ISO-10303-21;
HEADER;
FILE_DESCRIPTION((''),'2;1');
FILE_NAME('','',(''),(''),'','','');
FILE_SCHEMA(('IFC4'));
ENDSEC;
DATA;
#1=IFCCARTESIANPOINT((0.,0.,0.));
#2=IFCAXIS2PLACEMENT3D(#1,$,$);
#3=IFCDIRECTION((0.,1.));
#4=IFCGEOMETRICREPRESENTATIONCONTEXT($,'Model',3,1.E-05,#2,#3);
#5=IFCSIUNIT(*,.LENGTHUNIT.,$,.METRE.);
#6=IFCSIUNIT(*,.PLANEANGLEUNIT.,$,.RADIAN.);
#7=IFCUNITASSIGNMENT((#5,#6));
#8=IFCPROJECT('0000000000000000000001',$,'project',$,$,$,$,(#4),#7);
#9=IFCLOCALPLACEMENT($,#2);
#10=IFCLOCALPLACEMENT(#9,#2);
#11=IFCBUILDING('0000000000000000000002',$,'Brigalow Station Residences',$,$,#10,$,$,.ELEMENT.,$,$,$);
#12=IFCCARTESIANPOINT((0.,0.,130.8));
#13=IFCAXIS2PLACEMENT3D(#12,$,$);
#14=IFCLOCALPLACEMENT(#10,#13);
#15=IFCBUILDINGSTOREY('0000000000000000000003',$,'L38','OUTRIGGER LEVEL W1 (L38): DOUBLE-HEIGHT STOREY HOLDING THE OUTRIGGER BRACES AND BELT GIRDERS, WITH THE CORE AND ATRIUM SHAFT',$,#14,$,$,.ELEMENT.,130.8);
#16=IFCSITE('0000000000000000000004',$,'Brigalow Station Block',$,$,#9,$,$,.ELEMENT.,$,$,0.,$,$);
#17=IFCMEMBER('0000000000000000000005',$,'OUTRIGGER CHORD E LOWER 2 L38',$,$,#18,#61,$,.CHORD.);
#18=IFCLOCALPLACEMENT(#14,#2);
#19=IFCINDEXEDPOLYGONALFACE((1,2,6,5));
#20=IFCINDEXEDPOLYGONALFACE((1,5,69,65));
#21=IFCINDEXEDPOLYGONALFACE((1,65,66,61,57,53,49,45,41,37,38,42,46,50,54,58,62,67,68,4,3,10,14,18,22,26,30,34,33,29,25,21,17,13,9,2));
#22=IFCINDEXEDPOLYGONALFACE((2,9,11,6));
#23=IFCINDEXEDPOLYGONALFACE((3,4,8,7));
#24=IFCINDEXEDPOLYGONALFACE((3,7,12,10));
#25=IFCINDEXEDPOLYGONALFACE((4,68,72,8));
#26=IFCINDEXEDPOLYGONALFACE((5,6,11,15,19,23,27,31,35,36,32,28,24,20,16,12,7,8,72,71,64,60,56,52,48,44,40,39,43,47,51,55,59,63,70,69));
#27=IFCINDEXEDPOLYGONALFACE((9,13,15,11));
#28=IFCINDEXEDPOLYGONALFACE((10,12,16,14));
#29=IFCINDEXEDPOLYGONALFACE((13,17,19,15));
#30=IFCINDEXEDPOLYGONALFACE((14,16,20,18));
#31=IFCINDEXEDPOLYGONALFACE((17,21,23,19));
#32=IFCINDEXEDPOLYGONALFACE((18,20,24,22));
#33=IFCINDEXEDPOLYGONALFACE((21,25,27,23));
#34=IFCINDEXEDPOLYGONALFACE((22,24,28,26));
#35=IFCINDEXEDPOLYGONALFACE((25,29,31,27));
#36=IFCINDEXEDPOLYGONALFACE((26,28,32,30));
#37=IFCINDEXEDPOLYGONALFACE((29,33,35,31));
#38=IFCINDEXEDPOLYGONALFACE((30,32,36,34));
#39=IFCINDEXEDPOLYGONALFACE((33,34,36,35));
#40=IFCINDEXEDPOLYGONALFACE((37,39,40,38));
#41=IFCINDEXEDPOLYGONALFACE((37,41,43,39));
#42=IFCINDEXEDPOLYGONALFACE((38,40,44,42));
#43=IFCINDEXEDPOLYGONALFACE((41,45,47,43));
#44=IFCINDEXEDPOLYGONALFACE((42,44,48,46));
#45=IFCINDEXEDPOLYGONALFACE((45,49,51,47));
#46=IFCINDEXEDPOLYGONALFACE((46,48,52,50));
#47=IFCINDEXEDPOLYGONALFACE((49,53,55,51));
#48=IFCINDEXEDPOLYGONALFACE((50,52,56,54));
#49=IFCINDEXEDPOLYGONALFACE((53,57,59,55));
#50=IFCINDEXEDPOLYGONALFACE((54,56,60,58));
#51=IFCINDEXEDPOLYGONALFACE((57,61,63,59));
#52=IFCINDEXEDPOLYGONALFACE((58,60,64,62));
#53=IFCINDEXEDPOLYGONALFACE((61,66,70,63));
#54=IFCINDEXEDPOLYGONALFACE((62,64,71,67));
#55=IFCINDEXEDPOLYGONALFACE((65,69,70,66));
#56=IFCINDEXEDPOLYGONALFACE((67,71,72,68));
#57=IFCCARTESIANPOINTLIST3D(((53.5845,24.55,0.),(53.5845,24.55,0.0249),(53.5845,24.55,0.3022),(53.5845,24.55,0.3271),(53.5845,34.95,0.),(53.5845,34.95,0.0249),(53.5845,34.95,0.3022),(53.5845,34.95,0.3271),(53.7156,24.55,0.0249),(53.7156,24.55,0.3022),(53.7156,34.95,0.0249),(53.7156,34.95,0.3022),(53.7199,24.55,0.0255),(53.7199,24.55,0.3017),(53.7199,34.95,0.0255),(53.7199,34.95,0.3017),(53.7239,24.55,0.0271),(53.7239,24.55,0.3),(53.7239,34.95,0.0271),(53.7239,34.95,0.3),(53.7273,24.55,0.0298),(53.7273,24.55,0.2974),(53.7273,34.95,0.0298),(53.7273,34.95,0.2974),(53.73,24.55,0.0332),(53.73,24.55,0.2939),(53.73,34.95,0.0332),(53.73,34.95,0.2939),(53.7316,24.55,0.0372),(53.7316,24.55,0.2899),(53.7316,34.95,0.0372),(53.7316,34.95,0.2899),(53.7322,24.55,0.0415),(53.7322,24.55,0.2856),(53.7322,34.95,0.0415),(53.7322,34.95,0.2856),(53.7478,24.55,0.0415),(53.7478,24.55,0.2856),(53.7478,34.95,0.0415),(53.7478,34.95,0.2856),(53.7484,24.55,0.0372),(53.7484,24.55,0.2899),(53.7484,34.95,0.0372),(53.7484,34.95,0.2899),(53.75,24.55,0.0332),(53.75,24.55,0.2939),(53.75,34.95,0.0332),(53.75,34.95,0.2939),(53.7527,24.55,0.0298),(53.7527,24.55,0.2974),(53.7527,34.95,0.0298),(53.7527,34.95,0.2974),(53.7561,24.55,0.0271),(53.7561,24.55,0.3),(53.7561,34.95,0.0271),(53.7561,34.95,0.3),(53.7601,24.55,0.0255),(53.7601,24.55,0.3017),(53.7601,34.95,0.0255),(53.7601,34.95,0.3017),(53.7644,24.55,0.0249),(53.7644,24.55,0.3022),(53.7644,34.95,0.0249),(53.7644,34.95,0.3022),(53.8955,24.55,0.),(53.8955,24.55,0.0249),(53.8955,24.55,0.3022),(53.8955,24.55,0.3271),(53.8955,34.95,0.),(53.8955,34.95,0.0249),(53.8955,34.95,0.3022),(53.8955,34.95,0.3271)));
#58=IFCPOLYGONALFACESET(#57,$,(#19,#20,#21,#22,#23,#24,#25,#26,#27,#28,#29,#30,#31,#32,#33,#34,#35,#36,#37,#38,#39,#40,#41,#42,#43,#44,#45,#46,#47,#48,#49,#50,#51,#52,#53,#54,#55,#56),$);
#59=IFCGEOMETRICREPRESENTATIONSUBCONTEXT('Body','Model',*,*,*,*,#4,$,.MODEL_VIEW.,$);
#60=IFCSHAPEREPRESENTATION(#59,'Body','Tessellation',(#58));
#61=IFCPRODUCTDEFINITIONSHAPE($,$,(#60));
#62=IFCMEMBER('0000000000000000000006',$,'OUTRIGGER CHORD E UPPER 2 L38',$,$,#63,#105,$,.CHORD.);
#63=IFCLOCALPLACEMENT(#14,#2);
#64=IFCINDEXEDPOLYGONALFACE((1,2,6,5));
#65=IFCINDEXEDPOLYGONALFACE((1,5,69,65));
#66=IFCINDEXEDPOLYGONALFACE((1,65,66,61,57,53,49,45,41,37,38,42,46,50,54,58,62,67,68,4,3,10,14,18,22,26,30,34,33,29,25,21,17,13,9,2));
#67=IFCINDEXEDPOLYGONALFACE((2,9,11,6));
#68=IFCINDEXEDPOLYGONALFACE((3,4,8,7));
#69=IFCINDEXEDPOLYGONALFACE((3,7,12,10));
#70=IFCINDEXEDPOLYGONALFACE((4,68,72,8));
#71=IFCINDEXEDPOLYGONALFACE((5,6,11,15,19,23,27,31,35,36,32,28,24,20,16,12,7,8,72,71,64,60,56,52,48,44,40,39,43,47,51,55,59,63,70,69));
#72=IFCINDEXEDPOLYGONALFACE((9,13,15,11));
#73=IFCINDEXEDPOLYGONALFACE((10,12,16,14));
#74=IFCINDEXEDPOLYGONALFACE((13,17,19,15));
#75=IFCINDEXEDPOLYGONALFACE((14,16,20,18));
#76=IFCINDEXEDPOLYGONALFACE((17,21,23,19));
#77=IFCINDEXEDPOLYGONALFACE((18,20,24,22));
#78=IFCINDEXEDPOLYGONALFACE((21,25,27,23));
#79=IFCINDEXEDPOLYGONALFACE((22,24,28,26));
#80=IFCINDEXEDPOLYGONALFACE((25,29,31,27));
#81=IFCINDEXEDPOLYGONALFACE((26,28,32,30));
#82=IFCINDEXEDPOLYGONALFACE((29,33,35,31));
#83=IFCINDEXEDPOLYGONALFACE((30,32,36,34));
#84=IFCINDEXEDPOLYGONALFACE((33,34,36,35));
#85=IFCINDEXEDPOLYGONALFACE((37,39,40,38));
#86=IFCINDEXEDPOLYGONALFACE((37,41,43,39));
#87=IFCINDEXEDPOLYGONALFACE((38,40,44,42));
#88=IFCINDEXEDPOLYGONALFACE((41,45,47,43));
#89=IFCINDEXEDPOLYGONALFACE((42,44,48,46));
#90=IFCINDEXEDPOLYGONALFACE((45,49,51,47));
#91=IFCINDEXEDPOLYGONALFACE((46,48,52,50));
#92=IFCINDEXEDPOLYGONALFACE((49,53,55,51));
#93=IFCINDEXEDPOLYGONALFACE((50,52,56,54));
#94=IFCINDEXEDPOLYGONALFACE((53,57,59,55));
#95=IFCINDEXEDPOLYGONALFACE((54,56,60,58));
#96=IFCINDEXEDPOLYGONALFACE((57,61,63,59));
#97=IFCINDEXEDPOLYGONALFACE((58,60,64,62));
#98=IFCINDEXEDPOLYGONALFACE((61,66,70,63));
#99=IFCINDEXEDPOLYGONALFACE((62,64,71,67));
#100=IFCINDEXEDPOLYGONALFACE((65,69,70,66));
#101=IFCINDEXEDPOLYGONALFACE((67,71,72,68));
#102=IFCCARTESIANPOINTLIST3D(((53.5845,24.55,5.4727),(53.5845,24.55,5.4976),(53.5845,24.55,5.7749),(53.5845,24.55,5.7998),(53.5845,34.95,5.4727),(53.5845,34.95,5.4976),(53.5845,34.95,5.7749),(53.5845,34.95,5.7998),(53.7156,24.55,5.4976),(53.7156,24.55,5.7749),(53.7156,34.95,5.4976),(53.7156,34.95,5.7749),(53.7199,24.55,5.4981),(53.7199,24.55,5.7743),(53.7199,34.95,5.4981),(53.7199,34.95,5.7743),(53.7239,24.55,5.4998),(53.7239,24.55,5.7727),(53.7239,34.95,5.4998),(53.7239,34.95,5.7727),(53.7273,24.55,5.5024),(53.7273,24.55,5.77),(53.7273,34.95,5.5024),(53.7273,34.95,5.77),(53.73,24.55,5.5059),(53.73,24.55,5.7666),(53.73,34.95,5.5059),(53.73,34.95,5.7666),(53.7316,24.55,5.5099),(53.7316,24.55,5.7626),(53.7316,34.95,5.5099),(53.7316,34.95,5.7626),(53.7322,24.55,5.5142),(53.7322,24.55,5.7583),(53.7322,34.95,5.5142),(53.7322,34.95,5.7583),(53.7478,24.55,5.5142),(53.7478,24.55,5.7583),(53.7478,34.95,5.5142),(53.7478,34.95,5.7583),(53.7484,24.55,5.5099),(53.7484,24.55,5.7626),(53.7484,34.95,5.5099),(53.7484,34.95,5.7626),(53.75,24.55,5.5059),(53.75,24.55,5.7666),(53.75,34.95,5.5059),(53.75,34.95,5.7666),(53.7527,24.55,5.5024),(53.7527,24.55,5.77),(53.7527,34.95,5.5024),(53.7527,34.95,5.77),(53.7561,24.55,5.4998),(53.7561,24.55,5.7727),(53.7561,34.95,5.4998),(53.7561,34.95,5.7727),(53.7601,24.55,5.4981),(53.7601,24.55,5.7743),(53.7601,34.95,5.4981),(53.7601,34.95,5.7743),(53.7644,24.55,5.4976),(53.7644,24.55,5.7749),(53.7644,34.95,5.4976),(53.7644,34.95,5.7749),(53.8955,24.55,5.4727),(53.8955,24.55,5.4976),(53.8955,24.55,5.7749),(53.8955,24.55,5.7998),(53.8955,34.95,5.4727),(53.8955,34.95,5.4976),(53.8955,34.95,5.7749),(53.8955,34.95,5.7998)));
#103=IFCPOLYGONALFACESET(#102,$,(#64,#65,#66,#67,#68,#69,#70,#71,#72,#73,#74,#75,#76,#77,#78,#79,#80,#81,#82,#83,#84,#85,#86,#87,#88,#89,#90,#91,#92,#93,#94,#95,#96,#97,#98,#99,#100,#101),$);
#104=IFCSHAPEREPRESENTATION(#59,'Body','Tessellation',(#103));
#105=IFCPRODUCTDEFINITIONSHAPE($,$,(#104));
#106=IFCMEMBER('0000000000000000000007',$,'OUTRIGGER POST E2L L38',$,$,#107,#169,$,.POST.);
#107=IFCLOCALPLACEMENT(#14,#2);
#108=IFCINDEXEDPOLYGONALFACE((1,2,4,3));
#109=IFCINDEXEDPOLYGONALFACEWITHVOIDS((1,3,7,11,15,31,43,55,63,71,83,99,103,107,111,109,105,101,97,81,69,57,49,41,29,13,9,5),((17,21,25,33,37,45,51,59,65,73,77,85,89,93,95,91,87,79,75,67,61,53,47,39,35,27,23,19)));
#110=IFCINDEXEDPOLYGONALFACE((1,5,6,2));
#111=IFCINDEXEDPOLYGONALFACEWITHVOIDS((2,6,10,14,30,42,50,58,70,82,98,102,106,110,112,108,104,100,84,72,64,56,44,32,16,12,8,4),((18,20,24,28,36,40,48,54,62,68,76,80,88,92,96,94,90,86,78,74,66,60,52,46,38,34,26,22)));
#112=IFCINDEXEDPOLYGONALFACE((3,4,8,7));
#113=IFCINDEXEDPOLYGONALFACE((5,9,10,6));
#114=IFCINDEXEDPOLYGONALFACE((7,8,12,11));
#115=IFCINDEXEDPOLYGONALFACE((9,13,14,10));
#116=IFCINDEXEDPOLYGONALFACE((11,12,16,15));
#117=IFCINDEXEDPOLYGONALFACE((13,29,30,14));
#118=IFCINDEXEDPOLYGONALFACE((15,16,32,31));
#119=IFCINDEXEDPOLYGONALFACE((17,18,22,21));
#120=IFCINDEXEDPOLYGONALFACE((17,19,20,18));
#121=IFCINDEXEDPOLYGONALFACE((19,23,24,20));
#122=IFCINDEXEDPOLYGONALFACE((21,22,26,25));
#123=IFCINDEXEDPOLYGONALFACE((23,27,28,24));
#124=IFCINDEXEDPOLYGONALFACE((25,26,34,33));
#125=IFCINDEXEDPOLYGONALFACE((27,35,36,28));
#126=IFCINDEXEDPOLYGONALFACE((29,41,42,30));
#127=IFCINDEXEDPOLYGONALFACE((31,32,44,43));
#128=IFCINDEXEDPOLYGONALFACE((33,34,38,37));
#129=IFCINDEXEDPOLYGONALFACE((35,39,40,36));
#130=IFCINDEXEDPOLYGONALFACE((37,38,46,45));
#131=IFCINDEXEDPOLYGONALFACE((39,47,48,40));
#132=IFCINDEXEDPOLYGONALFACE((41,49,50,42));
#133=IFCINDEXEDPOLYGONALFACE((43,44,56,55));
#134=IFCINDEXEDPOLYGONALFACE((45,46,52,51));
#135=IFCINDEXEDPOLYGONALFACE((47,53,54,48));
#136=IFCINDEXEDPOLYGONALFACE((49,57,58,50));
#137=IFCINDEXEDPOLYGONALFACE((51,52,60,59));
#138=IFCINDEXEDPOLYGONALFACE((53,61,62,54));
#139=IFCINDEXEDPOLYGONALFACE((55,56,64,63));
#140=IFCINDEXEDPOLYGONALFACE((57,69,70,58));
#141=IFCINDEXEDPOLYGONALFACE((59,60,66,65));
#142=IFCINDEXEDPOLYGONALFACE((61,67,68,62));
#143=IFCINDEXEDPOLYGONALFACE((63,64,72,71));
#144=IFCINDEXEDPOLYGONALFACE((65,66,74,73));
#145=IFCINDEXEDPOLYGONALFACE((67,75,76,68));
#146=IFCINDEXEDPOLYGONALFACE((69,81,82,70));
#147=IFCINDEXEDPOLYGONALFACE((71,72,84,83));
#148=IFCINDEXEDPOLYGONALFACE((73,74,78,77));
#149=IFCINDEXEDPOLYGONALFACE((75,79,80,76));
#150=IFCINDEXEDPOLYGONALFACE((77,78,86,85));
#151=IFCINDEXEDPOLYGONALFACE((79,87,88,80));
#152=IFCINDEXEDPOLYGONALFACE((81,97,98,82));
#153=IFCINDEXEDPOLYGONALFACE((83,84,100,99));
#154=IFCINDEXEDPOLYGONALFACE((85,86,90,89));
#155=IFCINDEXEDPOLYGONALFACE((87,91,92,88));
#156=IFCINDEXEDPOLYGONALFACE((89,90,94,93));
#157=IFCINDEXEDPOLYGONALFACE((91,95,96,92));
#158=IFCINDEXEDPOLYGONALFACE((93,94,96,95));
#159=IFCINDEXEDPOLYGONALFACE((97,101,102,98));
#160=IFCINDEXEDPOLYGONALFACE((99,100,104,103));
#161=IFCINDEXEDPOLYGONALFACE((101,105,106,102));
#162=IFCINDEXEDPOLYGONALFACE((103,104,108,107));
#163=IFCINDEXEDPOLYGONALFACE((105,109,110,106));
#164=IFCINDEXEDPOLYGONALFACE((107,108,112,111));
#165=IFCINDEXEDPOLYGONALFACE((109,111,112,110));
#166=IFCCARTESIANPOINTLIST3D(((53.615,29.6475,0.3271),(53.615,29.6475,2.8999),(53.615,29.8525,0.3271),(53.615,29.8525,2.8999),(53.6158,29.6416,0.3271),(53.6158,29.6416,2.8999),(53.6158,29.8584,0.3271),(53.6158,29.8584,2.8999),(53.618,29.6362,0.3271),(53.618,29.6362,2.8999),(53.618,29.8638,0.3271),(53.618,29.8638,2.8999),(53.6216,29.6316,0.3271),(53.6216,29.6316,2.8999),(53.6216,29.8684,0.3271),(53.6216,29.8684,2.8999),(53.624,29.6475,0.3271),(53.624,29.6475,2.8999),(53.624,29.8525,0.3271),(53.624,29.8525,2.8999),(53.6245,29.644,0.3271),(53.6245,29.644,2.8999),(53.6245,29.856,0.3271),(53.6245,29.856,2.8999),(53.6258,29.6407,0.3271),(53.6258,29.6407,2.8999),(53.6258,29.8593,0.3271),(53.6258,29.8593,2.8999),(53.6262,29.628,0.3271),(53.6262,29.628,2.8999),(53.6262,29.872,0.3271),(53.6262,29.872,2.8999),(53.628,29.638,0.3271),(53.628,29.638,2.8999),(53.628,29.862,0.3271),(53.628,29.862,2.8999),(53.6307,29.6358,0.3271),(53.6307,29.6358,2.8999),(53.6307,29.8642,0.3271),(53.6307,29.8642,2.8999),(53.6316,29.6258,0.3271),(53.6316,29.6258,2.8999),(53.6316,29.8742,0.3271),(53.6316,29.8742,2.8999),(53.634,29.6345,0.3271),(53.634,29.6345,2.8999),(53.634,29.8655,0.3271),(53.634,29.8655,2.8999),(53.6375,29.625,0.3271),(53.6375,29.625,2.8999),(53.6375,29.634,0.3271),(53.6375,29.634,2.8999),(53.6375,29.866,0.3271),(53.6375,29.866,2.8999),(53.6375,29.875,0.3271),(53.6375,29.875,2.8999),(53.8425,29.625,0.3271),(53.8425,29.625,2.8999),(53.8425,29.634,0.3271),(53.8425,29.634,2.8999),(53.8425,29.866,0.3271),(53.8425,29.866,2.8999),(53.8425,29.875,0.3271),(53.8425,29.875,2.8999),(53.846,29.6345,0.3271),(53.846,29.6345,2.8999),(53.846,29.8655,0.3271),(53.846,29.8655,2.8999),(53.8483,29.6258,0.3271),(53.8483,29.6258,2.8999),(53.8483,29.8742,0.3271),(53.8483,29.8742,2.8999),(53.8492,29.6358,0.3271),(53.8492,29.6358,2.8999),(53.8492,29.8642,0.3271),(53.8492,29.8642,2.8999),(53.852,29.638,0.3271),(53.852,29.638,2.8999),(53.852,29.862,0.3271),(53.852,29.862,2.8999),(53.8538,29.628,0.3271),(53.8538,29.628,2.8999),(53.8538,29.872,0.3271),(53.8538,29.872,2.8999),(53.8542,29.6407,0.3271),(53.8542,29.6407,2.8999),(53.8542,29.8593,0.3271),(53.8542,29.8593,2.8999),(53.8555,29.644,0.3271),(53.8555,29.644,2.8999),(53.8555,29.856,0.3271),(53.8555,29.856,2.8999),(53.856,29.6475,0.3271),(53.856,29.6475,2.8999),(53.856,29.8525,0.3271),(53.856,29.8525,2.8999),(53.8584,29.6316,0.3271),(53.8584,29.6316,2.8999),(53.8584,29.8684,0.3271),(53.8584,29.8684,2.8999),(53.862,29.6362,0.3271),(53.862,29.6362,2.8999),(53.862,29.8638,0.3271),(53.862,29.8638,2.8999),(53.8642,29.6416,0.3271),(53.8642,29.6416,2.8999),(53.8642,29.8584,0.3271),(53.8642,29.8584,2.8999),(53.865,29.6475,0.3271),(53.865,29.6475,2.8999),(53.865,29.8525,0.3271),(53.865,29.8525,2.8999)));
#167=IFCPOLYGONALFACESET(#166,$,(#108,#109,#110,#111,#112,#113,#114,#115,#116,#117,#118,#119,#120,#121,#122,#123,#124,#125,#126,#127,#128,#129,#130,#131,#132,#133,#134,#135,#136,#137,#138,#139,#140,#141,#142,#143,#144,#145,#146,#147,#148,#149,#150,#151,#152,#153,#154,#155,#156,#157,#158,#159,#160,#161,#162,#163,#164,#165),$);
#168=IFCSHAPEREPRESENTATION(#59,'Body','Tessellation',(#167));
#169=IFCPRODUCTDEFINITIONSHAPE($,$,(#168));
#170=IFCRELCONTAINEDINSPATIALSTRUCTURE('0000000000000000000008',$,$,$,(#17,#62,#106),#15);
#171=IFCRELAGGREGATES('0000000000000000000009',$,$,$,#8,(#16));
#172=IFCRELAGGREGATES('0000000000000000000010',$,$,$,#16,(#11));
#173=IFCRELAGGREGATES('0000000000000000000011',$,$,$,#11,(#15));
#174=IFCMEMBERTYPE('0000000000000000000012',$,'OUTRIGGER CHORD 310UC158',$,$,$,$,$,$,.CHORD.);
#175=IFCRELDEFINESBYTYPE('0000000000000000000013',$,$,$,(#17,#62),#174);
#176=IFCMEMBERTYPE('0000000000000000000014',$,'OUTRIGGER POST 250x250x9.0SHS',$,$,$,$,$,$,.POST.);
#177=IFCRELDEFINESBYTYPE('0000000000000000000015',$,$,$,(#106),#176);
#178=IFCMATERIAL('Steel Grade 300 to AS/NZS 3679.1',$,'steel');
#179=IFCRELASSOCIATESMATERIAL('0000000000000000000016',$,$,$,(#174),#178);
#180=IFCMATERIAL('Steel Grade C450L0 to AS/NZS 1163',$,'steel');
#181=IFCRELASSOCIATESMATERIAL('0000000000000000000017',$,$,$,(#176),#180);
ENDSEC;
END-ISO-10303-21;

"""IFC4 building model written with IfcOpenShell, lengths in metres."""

from ifc_helpers import new_model, si_unit, direction, frame, origin, origin_2d, place, context, subcontext, project, spatial, hollow_rectangle, i_section, extrude, material, material_profile, profile_set, type_object, element, save


model = new_model("IFC4")

# Units and contexts
model_context = context("Model", 3, precision=1e-05, world=origin(), true_north=direction((0.0, 1.0)))
body_context = subcontext(model_context, "Body", "Model", "MODEL_VIEW")
ifc_project = project(units=[si_unit("LENGTHUNIT", "METRE"), si_unit("PLANEANGLEUNIT", "RADIAN")], contexts=[model_context])

# Site, building, storey
site_placement = place(None, origin())
site = spatial("IfcSite", under=ifc_project, at=site_placement, Name="Brigalow Station Block", CompositionType="ELEMENT", RefElevation=0.0)
building_placement = place(site_placement, origin())
building = spatial("IfcBuilding", under=site, at=building_placement, Name="Brigalow Station Residences", CompositionType="ELEMENT")
storey_placement = place(building_placement, frame((0.0, 0.0, 130.8)))
storey = spatial("IfcBuildingStorey", under=building, at=storey_placement, Name="L38", Description="OUTRIGGER LEVEL W1 (L38): DOUBLE-HEIGHT STOREY HOLDING THE OUTRIGGER BRACES AND BELT GIRDERS, WITH THE CORE AND ATRIUM SHAFT", CompositionType="ELEMENT", Elevation=130.8)

# Members
ifc_material_1 = material(Name="Steel Grade 300 to AS/NZS 3679.1", Category="steel")
ifc_material_profile_1 = material_profile(ifc_material_1, i_section(OverallWidth=0.311, OverallDepth=0.3271, WebThickness=0.0156, FlangeThickness=0.0249, FilletRadius=0.0166, at=origin_2d()), Name="310UC158")
ifc_profile_set_1 = profile_set([ifc_material_profile_1], Name="Steel Grade 300 to AS/NZS 3679.1")
member_type_1 = type_object("IfcMemberType", Name="OUTRIGGER CHORD 310UC158", PredefinedType="CHORD", material=ifc_profile_set_1)
for number, where, z_axis, x_axis, name in (
    (1, (53.74, 24.55, 0.1636), (0.0, 1.0, 0.0), (-1.0, 0.0, 0.0), "OUTRIGGER CHORD E LOWER 2 L38"),
    (2, (53.74, 24.55, 5.6362), (0.0, 1.0, 0.0), (-1.0, 0.0, 0.0), "OUTRIGGER CHORD E UPPER 2 L38"),
):
    element("IfcMember", number, at=place(storey_placement, frame(where, z_axis=z_axis, x_axis=x_axis)), inside=storey, type_object=member_type_1, Name=name, PredefinedType="CHORD", context=body_context, shape_type="SweptSolid", body=[
        extrude(i_section(OverallWidth=0.311, OverallDepth=0.3271, WebThickness=0.0156, FlangeThickness=0.0249, FilletRadius=0.0166, at=origin_2d()), origin(), (0.0, 0.0, 1.0), 10.3999),
    ])
ifc_material_2 = material(Name="Steel Grade C450L0 to AS/NZS 1163", Category="steel")
ifc_material_profile_2 = material_profile(ifc_material_2, hollow_rectangle(XDim=0.25, YDim=0.25, WallThickness=0.009, InnerFilletRadius=0.0134, OuterFilletRadius=0.0225, at=origin_2d()), Name="250x250x9.0SHS")
ifc_profile_set_2 = profile_set([ifc_material_profile_2], Name="Steel Grade C450L0 to AS/NZS 1163")
member_type_2 = type_object("IfcMemberType", Name="OUTRIGGER POST 250x250x9.0SHS", PredefinedType="POST", material=ifc_profile_set_2)
for number, where, z_axis, x_axis, name in (
    (3, (53.74, 29.75, 0.3271), (0.0, 0.0, 1.0), (1.0, 0.0, 0.0), "OUTRIGGER POST E2L L38"),
):
    element("IfcMember", number, at=place(storey_placement, frame(where, z_axis=z_axis, x_axis=x_axis)), inside=storey, type_object=member_type_2, Name=name, PredefinedType="POST", context=body_context, shape_type="SweptSolid", body=[
        extrude(hollow_rectangle(XDim=0.25, YDim=0.25, WallThickness=0.009, InnerFilletRadius=0.0134, OuterFilletRadius=0.0225, at=origin_2d()), origin(), (0.0, 0.0, 1.0), 2.5728),
    ])

save(model, "model.ifc")
